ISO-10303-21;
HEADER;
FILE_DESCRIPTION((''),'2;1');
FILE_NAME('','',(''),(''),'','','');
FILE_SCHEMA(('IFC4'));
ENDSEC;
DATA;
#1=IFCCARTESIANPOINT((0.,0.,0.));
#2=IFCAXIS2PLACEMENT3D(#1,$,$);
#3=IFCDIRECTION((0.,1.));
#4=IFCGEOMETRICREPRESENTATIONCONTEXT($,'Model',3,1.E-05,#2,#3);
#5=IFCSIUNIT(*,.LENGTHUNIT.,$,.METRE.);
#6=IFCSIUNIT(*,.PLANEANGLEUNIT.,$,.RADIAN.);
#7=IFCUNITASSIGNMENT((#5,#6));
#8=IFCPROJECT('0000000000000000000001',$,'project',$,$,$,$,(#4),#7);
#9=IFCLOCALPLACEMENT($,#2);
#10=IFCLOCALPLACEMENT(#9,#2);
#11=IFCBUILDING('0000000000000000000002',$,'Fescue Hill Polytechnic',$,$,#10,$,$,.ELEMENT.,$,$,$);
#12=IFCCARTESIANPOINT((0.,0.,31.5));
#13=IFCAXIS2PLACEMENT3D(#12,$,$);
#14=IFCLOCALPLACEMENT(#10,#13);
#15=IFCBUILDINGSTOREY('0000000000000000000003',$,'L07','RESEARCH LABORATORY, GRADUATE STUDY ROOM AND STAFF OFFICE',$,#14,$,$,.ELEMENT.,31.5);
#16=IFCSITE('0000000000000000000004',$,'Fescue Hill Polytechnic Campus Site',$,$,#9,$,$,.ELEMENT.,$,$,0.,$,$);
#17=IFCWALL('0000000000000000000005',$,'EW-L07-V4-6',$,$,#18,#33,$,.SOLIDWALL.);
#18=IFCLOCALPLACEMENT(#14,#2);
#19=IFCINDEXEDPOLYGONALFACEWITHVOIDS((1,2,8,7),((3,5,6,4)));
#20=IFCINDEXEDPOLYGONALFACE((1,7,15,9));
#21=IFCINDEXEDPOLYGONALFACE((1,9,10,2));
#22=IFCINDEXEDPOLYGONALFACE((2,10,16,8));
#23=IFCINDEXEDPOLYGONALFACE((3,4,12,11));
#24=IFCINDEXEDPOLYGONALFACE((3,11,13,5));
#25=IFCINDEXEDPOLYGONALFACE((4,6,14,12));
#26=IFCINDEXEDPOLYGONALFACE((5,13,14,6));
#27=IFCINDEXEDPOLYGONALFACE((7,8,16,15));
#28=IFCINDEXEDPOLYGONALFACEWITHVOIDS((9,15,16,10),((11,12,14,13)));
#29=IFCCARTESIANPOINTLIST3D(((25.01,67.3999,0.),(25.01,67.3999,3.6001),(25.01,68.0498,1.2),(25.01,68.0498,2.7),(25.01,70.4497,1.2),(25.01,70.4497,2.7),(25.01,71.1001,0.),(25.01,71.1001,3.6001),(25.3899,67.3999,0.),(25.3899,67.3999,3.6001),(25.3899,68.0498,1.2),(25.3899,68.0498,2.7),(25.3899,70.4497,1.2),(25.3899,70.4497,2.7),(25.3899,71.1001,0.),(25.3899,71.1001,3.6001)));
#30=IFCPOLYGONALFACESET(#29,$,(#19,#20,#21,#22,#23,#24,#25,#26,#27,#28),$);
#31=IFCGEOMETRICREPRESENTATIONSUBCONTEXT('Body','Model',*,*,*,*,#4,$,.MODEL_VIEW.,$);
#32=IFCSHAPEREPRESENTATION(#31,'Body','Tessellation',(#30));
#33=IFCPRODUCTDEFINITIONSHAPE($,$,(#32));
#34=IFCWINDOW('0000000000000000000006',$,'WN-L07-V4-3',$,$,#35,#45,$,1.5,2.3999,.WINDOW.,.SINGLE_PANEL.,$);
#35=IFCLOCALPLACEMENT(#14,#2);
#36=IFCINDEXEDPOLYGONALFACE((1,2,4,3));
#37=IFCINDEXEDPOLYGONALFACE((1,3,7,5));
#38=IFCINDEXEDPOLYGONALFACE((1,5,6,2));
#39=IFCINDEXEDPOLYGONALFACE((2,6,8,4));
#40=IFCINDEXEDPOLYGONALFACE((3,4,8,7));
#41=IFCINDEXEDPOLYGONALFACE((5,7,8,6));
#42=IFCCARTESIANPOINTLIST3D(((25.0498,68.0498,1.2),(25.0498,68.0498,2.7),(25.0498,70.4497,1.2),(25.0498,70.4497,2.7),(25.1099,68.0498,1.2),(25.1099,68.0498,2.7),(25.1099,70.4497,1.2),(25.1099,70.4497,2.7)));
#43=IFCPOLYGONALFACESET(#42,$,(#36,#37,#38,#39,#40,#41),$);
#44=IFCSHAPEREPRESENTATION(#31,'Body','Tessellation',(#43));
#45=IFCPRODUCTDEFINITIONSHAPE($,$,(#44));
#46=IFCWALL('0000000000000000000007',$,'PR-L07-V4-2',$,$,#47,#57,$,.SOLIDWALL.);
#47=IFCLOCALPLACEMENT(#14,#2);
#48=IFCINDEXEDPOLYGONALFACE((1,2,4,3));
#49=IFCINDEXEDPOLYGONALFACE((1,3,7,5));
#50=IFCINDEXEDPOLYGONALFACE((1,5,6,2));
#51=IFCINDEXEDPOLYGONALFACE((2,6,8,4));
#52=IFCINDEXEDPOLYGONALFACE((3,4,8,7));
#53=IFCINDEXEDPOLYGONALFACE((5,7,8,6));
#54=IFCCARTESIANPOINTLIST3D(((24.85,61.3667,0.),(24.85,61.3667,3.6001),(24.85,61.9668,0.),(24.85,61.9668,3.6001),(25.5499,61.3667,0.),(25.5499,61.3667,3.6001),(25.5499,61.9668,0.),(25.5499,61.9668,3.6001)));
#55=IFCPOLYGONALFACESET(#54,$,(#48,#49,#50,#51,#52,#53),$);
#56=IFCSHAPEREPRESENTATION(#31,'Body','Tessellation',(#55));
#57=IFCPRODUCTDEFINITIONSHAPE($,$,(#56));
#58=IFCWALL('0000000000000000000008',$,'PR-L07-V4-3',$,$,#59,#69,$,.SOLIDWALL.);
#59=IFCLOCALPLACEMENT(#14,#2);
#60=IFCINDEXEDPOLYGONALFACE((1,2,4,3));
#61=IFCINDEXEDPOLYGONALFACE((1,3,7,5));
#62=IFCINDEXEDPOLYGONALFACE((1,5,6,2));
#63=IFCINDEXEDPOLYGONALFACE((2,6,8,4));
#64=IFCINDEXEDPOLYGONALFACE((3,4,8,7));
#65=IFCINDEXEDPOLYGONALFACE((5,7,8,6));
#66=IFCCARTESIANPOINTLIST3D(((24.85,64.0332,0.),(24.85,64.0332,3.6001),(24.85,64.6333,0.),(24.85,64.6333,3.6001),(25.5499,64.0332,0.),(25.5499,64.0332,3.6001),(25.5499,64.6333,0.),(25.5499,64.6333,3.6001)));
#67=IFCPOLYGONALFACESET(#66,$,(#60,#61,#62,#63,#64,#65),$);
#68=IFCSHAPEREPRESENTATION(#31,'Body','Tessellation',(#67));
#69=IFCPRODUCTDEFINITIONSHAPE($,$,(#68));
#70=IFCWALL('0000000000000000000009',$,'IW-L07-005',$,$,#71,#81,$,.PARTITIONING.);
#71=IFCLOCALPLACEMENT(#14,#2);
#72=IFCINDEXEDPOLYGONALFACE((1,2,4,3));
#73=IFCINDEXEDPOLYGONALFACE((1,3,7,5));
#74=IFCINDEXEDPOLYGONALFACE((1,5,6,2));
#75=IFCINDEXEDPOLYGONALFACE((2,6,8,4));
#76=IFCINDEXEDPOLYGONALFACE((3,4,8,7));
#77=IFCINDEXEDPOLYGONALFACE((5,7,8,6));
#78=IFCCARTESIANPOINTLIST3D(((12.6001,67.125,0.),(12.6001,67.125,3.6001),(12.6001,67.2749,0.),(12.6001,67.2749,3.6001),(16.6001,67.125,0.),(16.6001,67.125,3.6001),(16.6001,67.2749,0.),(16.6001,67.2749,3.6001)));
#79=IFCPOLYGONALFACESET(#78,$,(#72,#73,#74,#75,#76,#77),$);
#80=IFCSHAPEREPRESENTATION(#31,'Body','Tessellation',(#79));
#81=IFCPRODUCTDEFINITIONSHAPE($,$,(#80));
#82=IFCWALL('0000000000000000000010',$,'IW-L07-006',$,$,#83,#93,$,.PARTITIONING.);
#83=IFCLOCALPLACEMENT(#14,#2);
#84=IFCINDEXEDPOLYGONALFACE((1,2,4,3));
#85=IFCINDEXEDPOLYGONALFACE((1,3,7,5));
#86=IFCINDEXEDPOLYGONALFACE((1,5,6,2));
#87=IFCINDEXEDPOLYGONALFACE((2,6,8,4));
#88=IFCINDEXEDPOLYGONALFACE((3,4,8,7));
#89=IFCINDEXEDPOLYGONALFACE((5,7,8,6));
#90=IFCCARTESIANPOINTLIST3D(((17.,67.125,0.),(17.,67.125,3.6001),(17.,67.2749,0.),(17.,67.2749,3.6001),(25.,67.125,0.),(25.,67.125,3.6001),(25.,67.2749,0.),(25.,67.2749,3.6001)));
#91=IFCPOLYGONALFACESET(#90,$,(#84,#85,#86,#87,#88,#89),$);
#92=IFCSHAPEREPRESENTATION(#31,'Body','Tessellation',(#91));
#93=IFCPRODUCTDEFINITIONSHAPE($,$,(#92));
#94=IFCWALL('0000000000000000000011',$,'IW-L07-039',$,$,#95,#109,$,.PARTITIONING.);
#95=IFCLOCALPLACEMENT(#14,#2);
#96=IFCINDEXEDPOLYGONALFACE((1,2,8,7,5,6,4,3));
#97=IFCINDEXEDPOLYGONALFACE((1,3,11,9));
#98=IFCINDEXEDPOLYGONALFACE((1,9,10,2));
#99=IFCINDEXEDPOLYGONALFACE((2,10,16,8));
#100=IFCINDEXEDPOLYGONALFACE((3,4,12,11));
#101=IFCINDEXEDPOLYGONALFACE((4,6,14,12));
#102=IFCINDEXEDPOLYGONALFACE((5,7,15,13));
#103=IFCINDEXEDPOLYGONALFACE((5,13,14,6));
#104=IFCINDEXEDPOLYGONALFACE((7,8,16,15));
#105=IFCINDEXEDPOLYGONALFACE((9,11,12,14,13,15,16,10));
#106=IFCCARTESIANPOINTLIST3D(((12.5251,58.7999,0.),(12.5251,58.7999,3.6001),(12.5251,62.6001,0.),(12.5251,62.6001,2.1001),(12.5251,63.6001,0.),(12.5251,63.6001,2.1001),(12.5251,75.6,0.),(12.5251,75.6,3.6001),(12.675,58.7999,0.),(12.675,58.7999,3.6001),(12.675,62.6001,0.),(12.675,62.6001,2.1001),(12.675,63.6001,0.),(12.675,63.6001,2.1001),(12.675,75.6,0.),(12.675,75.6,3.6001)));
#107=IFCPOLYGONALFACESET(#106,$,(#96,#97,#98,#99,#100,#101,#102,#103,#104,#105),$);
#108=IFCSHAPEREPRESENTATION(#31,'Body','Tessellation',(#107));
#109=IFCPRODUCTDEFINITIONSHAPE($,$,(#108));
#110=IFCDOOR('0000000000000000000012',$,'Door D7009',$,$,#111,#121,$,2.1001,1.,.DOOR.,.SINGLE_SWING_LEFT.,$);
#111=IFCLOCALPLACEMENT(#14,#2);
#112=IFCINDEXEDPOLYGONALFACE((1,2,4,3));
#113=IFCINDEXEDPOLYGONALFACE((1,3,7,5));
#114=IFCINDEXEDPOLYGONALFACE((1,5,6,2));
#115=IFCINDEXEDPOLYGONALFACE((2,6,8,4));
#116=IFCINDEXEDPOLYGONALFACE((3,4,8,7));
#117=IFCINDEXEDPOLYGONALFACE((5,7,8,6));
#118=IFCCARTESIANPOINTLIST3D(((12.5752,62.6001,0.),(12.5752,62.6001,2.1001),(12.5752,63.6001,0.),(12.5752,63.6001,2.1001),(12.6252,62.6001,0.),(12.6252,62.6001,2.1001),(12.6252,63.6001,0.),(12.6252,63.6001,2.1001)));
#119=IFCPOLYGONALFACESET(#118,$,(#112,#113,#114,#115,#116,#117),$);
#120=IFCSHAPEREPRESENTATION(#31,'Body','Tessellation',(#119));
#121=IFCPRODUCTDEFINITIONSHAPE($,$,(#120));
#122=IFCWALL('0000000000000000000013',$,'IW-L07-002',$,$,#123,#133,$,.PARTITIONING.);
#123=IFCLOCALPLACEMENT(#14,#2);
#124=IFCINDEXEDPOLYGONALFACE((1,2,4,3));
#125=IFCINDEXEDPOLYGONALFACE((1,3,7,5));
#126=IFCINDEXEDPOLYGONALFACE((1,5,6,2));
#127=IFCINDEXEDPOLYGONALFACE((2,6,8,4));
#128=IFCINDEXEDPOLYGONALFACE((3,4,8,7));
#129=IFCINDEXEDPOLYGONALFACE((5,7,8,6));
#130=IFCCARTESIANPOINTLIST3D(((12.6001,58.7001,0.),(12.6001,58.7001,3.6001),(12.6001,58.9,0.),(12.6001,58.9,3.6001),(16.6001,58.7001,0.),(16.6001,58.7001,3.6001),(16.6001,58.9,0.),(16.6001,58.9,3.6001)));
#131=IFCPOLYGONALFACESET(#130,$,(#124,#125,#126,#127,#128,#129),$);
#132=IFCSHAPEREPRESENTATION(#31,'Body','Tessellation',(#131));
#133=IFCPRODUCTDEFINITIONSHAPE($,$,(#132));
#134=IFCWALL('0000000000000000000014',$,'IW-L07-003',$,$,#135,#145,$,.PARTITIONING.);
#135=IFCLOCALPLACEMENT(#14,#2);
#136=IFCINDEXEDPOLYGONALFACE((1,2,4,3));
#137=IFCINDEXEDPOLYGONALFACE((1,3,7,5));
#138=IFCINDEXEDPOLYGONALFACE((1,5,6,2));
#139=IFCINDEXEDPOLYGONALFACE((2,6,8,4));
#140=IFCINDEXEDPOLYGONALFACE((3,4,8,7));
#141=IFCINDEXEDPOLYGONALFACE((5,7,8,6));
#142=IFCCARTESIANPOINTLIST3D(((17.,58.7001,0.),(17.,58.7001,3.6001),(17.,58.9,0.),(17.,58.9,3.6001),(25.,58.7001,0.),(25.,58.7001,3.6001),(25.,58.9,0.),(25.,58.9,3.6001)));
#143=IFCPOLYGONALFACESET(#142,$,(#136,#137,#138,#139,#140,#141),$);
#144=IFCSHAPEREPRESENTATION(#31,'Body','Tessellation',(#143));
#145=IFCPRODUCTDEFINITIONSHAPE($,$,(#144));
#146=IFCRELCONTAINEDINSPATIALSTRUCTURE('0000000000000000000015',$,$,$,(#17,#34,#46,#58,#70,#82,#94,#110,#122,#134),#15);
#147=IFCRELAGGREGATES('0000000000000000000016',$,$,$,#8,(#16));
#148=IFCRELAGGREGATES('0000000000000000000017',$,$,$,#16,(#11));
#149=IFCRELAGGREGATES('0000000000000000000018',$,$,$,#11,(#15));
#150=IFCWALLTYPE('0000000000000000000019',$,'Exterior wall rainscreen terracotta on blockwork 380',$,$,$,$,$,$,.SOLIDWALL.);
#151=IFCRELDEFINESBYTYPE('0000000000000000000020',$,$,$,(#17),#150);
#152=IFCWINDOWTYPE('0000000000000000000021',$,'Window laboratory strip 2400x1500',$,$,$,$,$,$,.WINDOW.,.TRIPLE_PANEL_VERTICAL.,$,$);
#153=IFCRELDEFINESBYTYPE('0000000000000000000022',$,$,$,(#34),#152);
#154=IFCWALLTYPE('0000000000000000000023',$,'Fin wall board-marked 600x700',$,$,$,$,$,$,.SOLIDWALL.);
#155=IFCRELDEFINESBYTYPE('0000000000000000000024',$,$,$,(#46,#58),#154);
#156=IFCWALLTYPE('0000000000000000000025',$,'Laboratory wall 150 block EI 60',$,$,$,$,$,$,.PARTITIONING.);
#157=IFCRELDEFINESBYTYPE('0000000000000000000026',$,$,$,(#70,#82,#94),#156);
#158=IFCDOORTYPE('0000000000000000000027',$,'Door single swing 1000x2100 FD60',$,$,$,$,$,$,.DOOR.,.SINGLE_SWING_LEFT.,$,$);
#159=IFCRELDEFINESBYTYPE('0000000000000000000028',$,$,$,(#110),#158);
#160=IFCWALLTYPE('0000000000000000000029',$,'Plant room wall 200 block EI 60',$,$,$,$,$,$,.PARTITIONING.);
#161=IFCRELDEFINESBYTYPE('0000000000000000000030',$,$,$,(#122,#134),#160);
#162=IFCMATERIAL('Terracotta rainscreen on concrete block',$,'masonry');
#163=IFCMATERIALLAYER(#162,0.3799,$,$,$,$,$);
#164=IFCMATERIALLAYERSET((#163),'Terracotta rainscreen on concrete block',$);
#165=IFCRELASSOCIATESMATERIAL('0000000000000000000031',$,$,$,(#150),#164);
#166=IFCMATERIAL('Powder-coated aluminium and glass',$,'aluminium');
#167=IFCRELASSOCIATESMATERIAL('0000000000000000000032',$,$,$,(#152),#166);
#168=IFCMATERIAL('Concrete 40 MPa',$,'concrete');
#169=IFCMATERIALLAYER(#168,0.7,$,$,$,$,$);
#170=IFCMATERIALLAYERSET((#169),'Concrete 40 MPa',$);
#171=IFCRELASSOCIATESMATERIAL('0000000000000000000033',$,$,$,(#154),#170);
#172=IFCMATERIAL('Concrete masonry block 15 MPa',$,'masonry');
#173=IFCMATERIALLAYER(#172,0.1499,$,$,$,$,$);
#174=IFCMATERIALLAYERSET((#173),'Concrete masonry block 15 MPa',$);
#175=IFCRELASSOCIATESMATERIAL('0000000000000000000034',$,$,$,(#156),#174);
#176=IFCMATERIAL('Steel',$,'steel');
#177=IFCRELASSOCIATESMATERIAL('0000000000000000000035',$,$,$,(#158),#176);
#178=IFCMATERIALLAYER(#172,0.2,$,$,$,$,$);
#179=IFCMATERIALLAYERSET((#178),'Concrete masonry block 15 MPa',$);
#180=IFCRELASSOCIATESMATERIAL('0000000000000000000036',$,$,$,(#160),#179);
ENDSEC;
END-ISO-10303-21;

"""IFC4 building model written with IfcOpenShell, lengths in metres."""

from ifc_helpers import new_model, si_unit, direction, frame, frame_2d, origin, place, context, subcontext, project, spatial, rectangle, extrude, material, layer, layer_set, type_object, element, fill, save


model = new_model("IFC4")

# Units and contexts
model_context = context("Model", 3, precision=1e-05, world=origin(), true_north=direction((0.0, 1.0)))
body_context = subcontext(model_context, "Body", "Model", "MODEL_VIEW")
ifc_project = project(units=[si_unit("LENGTHUNIT", "METRE"), si_unit("PLANEANGLEUNIT", "RADIAN")], contexts=[model_context])

# Site, building, storey
site_placement = place(None, origin())
site = spatial("IfcSite", under=ifc_project, at=site_placement, Name="Fescue Hill Polytechnic Campus Site", CompositionType="ELEMENT", RefElevation=0.0)
building_placement = place(site_placement, origin())
building = spatial("IfcBuilding", under=site, at=building_placement, Name="Fescue Hill Polytechnic", CompositionType="ELEMENT")
storey_placement = place(building_placement, frame((0.0, 0.0, 31.5)))
storey = spatial("IfcBuildingStorey", under=building, at=storey_placement, Name="L07", Description="RESEARCH LABORATORY, GRADUATE STUDY ROOM AND STAFF OFFICE", CompositionType="ELEMENT", Elevation=31.5)

# Shared definitions
ifc_material_1 = material(Name="Concrete 40 MPa", Category="concrete")

# Shared definitions
ifc_material_2 = material(Name="Terracotta rainscreen on concrete block", Category="masonry")
ifc_layer_1 = layer(ifc_material_2, 0.3799)
ifc_layer_set_1 = layer_set([ifc_layer_1], Name="Terracotta rainscreen on concrete block")
wall_type_1 = type_object("IfcWallType", Name="Exterior wall rainscreen terracotta on blockwork 380", PredefinedType="SOLIDWALL", material=ifc_layer_set_1)

# Wall, opening, window
wall_1_placement = place(storey_placement, frame((25.2, 67.3999, 0.0), z_axis=(0.0, 0.0, 1.0), x_axis=(0.0, 1.0, 0.0)))
wall_1 = element("IfcWall", 1, at=wall_1_placement, inside=storey, type_object=wall_type_1, Name="EW-L07-V4-6", PredefinedType="SOLIDWALL", context=body_context, shape_type="SweptSolid", body=[
    extrude(rectangle(XDim=3.7002, YDim=0.3799, at=frame_2d((1.8501, 0.0))), origin(), (0.0, 0.0, 1.0), 3.6001),
])
opening_1_placement = place(wall_1_placement, frame((0.6499, 0.0, 1.2)))
opening_1 = element("IfcOpeningElement", 2, at=opening_1_placement, cuts=wall_1, PredefinedType="OPENING", context=body_context, shape_type="SweptSolid", body=[
    extrude(rectangle(XDim=2.3999, YDim=1.5, at=frame_2d((1.2, 0.75))), frame((0.0, 0.2, 0.0), z_axis=(0.0, -1.0, 0.0), x_axis=(1.0, 0.0, 0.0)), (0.0, 0.0, 1.0), 0.3999),
])
ifc_material_3 = material(Name="Powder-coated aluminium and glass", Category="aluminium")
window_type = type_object("IfcWindowType", Name="Window laboratory strip 2400x1500", PartitioningType="TRIPLE_PANEL_VERTICAL", PredefinedType="WINDOW", material=ifc_material_3)
window_placement = place(opening_1_placement, origin())
window = element("IfcWindow", 3, at=window_placement, inside=storey, type_object=window_type, Name="WN-L07-V4-3", OverallHeight=1.5, OverallWidth=2.3999, PartitioningType="SINGLE_PANEL", PredefinedType="WINDOW", context=body_context, shape_type="SweptSolid", body=[
    extrude(rectangle(XDim=2.3999, YDim=1.5, at=frame_2d((1.2, 0.75))), frame((0.0, 0.1501, 0.0), z_axis=(0.0, -1.0, 0.0), x_axis=(1.0, 0.0, 0.0)), (0.0, 0.0, 1.0), 0.0601),
])
fill(opening_1, window)

# Walls
ifc_layer_2 = layer(ifc_material_1, 0.7)
ifc_layer_set_2 = layer_set([ifc_layer_2], Name="Concrete 40 MPa")
wall_type_2 = type_object("IfcWallType", Name="Fin wall board-marked 600x700", PredefinedType="SOLIDWALL", material=ifc_layer_set_2)
for number, where, z_axis, x_axis, name in (
    (4, (25.2, 61.3667, 0.0), (0.0, 0.0, 1.0), (0.0, 1.0, 0.0), "PR-L07-V4-2"),
    (5, (25.2, 64.0332, 0.0), (0.0, 0.0, 1.0), (0.0, 1.0, 0.0), "PR-L07-V4-3"),
):
    element("IfcWall", number, at=place(storey_placement, frame(where, z_axis=z_axis, x_axis=x_axis)), inside=storey, type_object=wall_type_2, Name=name, PredefinedType="SOLIDWALL", context=body_context, shape_type="SweptSolid", body=[
        extrude(rectangle(XDim=0.6001, YDim=0.7, at=frame_2d((0.3, 0.0))), origin(), (0.0, 0.0, 1.0), 3.6001),
    ])
ifc_material_4 = material(Name="Concrete masonry block 15 MPa", Category="masonry")
ifc_layer_3 = layer(ifc_material_4, 0.1499)
ifc_layer_set_3 = layer_set([ifc_layer_3], Name="Concrete masonry block 15 MPa")
wall_type_3 = type_object("IfcWallType", Name="Laboratory wall 150 block EI 60", PredefinedType="PARTITIONING", material=ifc_layer_set_3)
wall_2_placement = place(storey_placement, frame((12.6001, 67.2, 0.0), z_axis=(0.0, 0.0, 1.0), x_axis=(1.0, 0.0, 0.0)))
element("IfcWall", 6, at=wall_2_placement, inside=storey, type_object=wall_type_3, Name="IW-L07-005", PredefinedType="PARTITIONING", context=body_context, shape_type="SweptSolid", body=[
    extrude(rectangle(XDim=4.0, YDim=0.1499, at=frame_2d((2.0, 0.0))), origin(), (0.0, 0.0, 1.0), 3.6001),
])
wall_3_placement = place(storey_placement, frame((17.0, 67.2, 0.0), z_axis=(0.0, 0.0, 1.0), x_axis=(1.0, 0.0, 0.0)))
element("IfcWall", 7, at=wall_3_placement, inside=storey, type_object=wall_type_3, Name="IW-L07-006", PredefinedType="PARTITIONING", context=body_context, shape_type="SweptSolid", body=[
    extrude(rectangle(XDim=8.0, YDim=0.1499, at=frame_2d((4.0, 0.0))), origin(), (0.0, 0.0, 1.0), 3.6001),
])

# Wall, opening, door
wall_4_placement = place(storey_placement, frame((12.6001, 58.8, 0.0), z_axis=(0.0, 0.0, 1.0), x_axis=(0.0, 1.0, 0.0)))
wall_4 = element("IfcWall", 8, at=wall_4_placement, inside=storey, type_object=wall_type_3, Name="IW-L07-039", PredefinedType="PARTITIONING", context=body_context, shape_type="SweptSolid", body=[
    extrude(rectangle(XDim=16.8, YDim=0.1499, at=frame_2d((8.3999, 0.0))), origin(), (0.0, 0.0, 1.0), 3.6001),
])
opening_2_placement = place(wall_4_placement, frame((3.8, 0.0, 0.0)))
opening_2 = element("IfcOpeningElement", 9, at=opening_2_placement, cuts=wall_4, PredefinedType="OPENING", context=body_context, shape_type="SweptSolid", body=[
    extrude(rectangle(XDim=1.0, YDim=2.1001, at=frame_2d((0.5, 1.05))), frame((0.0, 0.085, 0.0), z_axis=(0.0, -1.0, 0.0), x_axis=(1.0, 0.0, 0.0)), (0.0, 0.0, 1.0), 0.1699),
])
ifc_material_5 = material(Name="Steel", Category="steel")
door_type = type_object("IfcDoorType", Name="Door single swing 1000x2100 FD60", OperationType="SINGLE_SWING_LEFT", PredefinedType="DOOR", material=ifc_material_5)
door_placement = place(opening_2_placement, origin())
door = element("IfcDoor", 10, at=door_placement, inside=storey, type_object=door_type, Name="Door D7009", OperationType="SINGLE_SWING_LEFT", OverallHeight=2.1001, OverallWidth=1.0, PredefinedType="DOOR", context=body_context, shape_type="SweptSolid", body=[
    extrude(rectangle(XDim=1.0, YDim=2.1001, at=frame_2d((0.5, 1.05))), frame((0.0, 0.0249, 0.0), z_axis=(0.0, -1.0, 0.0), x_axis=(1.0, 0.0, 0.0)), (0.0, 0.0, 1.0), 0.05),
])
fill(opening_2, door)

# Walls
ifc_layer_4 = layer(ifc_material_4, 0.2)
ifc_layer_set_4 = layer_set([ifc_layer_4], Name="Concrete masonry block 15 MPa")
wall_type_4 = type_object("IfcWallType", Name="Plant room wall 200 block EI 60", PredefinedType="PARTITIONING", material=ifc_layer_set_4)
wall_5_placement = place(storey_placement, frame((12.6001, 58.8, 0.0), z_axis=(0.0, 0.0, 1.0), x_axis=(1.0, 0.0, 0.0)))
element("IfcWall", 11, at=wall_5_placement, inside=storey, type_object=wall_type_4, Name="IW-L07-002", PredefinedType="PARTITIONING", context=body_context, shape_type="SweptSolid", body=[
    extrude(rectangle(XDim=4.0, YDim=0.2, at=frame_2d((2.0, 0.0))), origin(), (0.0, 0.0, 1.0), 3.6001),
])
wall_6_placement = place(storey_placement, frame((17.0, 58.8, 0.0), z_axis=(0.0, 0.0, 1.0), x_axis=(1.0, 0.0, 0.0)))
element("IfcWall", 12, at=wall_6_placement, inside=storey, type_object=wall_type_4, Name="IW-L07-003", PredefinedType="PARTITIONING", context=body_context, shape_type="SweptSolid", body=[
    extrude(rectangle(XDim=8.0, YDim=0.2, at=frame_2d((4.0, 0.0))), origin(), (0.0, 0.0, 1.0), 3.6001),
])

save(model, "model.ifc")
